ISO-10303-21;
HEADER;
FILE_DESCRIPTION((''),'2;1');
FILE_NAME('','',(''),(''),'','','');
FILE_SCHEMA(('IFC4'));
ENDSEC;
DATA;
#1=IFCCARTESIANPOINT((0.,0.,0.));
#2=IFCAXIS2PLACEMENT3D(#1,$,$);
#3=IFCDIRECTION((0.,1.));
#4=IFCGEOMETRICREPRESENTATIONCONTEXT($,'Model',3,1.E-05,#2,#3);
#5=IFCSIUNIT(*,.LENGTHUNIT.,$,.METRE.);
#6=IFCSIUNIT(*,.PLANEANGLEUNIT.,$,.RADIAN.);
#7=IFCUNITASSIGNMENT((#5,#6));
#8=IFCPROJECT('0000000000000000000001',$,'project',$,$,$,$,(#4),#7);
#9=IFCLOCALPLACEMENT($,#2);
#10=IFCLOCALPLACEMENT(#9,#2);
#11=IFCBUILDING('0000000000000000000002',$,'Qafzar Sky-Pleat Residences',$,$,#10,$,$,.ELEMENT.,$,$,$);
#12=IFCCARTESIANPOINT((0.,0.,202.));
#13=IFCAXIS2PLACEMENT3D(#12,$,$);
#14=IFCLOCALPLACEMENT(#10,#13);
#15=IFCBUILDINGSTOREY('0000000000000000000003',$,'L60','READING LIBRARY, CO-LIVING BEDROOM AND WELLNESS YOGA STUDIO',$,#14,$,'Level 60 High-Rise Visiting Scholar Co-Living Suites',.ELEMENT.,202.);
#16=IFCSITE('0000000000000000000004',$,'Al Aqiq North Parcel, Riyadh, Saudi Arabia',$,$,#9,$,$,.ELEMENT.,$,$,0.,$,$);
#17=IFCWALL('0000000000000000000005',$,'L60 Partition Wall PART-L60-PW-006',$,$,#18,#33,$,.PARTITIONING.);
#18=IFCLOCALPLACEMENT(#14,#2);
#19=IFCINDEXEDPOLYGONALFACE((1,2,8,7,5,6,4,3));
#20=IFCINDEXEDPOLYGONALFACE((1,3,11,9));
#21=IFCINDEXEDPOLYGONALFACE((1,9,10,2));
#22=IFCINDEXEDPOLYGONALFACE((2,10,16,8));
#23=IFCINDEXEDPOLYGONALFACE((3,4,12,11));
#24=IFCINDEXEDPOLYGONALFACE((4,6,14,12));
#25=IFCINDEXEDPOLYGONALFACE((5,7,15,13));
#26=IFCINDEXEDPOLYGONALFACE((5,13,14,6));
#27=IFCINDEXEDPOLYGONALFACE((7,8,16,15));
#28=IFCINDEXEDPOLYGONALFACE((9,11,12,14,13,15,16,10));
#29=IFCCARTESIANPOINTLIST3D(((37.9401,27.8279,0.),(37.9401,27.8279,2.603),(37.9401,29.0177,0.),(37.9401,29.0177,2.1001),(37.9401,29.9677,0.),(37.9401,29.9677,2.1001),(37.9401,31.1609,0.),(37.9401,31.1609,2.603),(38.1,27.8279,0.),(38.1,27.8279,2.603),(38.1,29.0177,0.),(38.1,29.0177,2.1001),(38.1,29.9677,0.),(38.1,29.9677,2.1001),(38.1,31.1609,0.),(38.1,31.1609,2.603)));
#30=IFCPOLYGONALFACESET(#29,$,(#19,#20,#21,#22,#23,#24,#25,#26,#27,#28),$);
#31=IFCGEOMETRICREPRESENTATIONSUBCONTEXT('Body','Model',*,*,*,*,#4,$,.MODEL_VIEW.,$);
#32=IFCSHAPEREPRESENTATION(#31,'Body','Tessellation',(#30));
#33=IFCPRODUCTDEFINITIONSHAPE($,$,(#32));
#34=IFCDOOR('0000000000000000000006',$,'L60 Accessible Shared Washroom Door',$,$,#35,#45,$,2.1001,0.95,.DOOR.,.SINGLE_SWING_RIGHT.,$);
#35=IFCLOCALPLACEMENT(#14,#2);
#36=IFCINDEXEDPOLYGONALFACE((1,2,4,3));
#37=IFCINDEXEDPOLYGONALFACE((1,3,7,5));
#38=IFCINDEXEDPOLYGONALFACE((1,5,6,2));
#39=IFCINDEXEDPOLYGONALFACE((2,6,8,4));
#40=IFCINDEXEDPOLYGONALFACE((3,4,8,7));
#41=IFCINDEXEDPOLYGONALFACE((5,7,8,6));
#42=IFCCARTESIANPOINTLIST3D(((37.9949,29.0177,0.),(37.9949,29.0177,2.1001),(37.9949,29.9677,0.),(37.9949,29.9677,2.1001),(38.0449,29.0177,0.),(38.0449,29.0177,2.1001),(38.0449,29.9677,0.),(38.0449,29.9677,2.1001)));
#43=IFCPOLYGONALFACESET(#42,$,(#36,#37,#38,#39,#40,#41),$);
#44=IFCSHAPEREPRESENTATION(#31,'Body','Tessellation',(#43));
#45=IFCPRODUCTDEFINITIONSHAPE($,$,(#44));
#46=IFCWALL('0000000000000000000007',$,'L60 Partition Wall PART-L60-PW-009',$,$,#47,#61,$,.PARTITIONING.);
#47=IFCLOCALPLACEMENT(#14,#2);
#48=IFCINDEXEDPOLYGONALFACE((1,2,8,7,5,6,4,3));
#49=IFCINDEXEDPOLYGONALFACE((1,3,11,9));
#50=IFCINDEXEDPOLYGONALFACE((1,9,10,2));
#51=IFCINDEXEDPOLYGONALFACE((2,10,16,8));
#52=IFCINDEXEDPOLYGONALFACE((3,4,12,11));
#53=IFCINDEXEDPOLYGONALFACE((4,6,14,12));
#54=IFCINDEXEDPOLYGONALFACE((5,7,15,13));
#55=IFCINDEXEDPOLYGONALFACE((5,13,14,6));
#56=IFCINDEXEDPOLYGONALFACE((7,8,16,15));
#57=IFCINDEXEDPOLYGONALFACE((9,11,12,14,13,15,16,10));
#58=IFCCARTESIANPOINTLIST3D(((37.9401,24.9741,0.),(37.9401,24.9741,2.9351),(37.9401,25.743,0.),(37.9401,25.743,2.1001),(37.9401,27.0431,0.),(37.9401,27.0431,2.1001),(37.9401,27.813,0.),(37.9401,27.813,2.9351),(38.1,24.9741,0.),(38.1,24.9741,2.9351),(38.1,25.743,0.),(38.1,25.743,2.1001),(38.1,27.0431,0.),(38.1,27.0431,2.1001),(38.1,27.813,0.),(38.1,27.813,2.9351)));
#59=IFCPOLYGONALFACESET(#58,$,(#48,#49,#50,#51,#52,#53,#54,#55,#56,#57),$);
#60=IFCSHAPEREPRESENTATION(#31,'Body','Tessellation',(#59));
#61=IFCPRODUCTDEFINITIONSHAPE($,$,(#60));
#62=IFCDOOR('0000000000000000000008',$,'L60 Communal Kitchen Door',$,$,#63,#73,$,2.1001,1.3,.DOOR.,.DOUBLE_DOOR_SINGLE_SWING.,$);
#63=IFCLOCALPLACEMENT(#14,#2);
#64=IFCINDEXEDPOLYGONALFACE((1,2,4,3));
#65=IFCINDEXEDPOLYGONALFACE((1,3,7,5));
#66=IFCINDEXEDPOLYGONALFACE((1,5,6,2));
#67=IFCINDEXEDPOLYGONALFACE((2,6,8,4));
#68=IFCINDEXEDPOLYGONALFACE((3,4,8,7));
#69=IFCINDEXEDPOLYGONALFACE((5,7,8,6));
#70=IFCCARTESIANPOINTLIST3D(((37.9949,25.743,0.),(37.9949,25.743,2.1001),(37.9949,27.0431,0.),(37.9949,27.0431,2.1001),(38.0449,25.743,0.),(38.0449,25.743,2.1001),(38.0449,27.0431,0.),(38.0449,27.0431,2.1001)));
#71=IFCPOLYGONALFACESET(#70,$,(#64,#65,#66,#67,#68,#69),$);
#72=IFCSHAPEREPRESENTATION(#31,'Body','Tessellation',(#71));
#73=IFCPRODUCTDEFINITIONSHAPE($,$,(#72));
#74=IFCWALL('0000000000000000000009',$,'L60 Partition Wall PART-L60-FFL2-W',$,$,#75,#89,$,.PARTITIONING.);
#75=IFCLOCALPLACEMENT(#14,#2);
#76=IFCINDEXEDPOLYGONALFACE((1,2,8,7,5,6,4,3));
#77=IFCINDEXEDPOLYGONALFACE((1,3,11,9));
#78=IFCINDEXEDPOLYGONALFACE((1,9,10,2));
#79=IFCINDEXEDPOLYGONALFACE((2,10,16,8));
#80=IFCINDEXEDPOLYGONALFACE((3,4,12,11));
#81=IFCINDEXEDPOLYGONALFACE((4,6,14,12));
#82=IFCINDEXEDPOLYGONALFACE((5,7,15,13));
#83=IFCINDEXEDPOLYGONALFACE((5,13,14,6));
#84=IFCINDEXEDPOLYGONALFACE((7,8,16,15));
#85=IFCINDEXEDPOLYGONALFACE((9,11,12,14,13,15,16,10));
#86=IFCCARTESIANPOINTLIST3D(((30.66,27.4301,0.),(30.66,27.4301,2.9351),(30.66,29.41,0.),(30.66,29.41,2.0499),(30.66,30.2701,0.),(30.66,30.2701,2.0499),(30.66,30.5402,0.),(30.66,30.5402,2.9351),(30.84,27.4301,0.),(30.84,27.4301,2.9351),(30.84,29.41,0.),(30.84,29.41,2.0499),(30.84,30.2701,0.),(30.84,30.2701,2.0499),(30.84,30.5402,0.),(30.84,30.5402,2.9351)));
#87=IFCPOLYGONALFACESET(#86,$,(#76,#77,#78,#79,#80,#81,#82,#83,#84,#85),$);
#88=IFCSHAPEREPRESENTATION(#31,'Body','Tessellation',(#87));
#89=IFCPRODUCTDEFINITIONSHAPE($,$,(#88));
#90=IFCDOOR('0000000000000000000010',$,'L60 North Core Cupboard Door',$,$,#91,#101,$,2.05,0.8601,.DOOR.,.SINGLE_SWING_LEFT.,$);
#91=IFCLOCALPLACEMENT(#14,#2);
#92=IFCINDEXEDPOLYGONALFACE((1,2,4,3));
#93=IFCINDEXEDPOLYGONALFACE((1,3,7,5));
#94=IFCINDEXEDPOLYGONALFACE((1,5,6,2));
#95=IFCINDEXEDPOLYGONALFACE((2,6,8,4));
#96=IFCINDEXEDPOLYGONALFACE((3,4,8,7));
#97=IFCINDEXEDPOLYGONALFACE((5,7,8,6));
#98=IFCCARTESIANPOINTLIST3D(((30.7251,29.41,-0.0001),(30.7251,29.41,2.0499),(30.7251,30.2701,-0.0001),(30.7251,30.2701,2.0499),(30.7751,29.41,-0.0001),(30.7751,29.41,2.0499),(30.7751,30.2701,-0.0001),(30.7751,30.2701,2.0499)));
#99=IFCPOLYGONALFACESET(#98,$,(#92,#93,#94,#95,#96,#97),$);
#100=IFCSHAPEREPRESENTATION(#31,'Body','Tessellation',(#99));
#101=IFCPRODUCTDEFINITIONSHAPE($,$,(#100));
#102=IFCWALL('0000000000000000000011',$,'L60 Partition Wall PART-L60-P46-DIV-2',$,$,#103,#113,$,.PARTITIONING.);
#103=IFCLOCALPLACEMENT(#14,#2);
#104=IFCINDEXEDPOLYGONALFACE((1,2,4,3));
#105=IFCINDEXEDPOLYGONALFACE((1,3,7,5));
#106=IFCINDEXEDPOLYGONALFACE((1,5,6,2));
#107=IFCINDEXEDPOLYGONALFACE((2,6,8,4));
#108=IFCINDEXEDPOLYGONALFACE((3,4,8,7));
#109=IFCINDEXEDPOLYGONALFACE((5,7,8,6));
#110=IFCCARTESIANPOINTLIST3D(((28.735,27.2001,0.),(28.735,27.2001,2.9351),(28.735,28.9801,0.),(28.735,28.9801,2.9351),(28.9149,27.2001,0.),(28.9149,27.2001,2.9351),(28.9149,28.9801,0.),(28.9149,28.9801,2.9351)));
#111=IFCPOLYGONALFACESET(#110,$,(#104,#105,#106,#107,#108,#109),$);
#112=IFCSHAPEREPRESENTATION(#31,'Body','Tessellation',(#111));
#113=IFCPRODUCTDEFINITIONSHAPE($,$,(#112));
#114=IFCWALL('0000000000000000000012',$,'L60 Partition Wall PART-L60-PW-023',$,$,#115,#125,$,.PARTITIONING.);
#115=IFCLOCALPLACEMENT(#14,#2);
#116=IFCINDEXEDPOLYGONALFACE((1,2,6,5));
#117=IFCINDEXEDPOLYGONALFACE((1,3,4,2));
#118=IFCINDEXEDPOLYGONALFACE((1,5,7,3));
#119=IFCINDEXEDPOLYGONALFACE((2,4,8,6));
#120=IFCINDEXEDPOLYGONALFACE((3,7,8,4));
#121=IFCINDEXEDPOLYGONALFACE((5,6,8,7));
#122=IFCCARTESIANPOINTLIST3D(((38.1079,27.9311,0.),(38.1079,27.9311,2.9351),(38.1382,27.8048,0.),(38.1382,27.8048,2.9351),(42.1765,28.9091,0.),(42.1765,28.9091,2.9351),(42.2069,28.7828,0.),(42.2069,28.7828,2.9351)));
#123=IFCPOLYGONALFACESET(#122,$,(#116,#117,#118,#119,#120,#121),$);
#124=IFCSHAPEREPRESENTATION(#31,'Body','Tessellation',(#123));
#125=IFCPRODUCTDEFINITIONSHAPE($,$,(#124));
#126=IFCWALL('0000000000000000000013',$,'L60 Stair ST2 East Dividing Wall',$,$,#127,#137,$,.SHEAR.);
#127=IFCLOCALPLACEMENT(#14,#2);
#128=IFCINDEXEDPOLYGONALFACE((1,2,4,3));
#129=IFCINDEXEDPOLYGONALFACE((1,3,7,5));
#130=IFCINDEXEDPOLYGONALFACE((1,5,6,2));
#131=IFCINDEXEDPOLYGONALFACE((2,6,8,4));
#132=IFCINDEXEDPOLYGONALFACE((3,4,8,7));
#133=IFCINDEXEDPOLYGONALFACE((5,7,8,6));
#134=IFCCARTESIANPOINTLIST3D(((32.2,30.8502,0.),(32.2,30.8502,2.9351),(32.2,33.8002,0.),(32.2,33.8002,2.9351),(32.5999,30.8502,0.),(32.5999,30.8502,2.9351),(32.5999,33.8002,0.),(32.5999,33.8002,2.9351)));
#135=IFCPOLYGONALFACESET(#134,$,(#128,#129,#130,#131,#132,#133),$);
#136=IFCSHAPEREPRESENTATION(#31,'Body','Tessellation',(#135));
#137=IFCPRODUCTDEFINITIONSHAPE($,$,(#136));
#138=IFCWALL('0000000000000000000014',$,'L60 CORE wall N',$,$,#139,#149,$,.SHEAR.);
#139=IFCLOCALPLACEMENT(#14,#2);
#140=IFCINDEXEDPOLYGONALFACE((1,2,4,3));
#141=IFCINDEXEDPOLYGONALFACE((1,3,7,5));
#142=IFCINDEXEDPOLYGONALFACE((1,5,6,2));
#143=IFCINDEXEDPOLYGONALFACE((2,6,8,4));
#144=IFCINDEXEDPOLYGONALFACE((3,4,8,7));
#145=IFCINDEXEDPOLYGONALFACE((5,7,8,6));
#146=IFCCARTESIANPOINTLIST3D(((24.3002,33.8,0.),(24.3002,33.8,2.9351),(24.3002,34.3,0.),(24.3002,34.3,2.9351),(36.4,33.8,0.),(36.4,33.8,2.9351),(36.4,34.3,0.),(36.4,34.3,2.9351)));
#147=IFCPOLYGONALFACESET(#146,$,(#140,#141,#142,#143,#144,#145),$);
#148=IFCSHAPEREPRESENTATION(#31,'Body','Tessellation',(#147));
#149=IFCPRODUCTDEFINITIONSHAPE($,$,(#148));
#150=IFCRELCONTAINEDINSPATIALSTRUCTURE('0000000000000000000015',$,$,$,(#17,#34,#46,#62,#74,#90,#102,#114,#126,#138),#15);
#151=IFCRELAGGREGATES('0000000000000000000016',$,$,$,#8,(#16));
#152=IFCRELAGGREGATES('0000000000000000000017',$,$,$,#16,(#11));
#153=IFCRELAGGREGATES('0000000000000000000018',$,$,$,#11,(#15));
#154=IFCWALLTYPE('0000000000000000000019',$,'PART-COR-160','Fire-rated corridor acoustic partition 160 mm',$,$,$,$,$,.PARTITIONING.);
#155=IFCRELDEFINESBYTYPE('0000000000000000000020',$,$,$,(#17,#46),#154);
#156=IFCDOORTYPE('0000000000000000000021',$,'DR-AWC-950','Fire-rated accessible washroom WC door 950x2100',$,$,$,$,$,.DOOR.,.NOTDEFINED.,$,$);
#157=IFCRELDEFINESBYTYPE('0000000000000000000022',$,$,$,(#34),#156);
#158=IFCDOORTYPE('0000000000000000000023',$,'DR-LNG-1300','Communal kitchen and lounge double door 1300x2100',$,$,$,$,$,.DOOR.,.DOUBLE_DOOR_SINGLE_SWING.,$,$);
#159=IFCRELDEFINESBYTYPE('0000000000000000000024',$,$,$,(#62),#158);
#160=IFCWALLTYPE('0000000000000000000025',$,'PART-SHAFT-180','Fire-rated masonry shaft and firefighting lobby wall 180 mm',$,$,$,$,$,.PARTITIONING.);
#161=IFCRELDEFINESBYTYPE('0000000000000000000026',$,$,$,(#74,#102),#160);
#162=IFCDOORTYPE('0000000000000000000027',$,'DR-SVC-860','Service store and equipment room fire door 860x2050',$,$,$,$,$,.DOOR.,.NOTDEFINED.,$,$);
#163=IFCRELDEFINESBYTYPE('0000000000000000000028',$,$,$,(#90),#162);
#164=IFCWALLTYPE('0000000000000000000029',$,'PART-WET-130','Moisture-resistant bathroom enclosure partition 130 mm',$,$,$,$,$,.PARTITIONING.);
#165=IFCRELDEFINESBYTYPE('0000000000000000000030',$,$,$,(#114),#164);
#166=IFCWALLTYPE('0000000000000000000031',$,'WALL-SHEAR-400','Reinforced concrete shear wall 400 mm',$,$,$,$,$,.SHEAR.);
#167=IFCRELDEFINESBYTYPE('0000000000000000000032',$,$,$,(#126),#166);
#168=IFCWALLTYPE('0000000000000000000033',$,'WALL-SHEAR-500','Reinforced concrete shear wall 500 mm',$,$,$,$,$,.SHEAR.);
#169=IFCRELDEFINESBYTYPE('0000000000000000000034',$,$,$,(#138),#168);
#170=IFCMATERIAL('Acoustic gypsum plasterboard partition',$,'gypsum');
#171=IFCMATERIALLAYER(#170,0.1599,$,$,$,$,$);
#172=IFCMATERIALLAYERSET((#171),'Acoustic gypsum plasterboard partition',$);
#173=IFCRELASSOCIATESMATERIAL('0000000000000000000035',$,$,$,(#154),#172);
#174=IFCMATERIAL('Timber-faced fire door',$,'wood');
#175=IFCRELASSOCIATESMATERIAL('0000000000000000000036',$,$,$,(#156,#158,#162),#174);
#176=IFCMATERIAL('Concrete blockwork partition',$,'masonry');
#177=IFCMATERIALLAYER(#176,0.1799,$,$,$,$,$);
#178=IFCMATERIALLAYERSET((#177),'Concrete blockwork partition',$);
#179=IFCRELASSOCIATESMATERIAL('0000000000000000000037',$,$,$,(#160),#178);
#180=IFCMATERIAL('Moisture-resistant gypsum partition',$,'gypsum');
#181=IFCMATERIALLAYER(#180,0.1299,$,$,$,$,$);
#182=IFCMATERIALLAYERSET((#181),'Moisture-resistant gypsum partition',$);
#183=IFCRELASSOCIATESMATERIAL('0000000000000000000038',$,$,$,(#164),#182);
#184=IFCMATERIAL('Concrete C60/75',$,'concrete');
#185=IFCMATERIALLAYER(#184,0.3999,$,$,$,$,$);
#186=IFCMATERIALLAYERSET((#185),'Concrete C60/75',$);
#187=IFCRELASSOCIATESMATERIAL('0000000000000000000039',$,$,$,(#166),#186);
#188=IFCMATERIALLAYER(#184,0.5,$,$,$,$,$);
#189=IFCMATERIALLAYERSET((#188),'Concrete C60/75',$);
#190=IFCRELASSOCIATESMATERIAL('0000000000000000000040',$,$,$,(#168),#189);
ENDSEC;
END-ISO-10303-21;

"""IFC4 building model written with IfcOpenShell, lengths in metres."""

from ifc_helpers import new_model, si_unit, direction, frame, frame_2d, origin, place, context, subcontext, project, spatial, rectangle, extrude, source, transform, mapped, material, layer, layer_set, type_object, element, fill, save


model = new_model("IFC4")

# Units and contexts
model_context = context("Model", 3, precision=1e-05, world=origin(), true_north=direction((0.0, 1.0)))
body_context = subcontext(model_context, "Body", "Model", "MODEL_VIEW")
ifc_project = project(units=[si_unit("LENGTHUNIT", "METRE"), si_unit("PLANEANGLEUNIT", "RADIAN")], contexts=[model_context])

# Site, building, storey
site_placement = place(None, origin())
site = spatial("IfcSite", under=ifc_project, at=site_placement, Name="Al Aqiq North Parcel, Riyadh, Saudi Arabia", CompositionType="ELEMENT", RefElevation=0.0)
building_placement = place(site_placement, origin())
building = spatial("IfcBuilding", under=site, at=building_placement, Name="Qafzar Sky-Pleat Residences", CompositionType="ELEMENT")
storey_placement = place(building_placement, frame((0.0, 0.0, 202.0)))
storey = spatial("IfcBuildingStorey", under=building, at=storey_placement, Name="L60", Description="READING LIBRARY, CO-LIVING BEDROOM AND WELLNESS YOGA STUDIO", LongName="Level 60 High-Rise Visiting Scholar Co-Living Suites", CompositionType="ELEMENT", Elevation=202.0)

# Walls, openings, doors
ifc_material_1 = material(Name="Acoustic gypsum plasterboard partition", Category="gypsum")
ifc_layer_1 = layer(ifc_material_1, 0.1599)
ifc_layer_set_1 = layer_set([ifc_layer_1], Name="Acoustic gypsum plasterboard partition")
wall_type_1 = type_object("IfcWallType", Name="PART-COR-160", Description="Fire-rated corridor acoustic partition 160 mm", PredefinedType="PARTITIONING", material=ifc_layer_set_1)
wall_1_placement = place(storey_placement, frame((38.02, 31.1609, 0.0), z_axis=(0.0, 0.0, 1.0), x_axis=(0.0, -1.0, 0.0)))
wall_1 = element("IfcWall", 1, at=wall_1_placement, inside=storey, type_object=wall_type_1, Name="L60 Partition Wall PART-L60-PW-006", PredefinedType="PARTITIONING", context=body_context, shape_type="SweptSolid", body=[
    extrude(rectangle(XDim=3.333, YDim=0.1599, at=frame_2d((1.6665, 0.0))), origin(), (0.0, 0.0, 1.0), 2.603),
])
opening_1_placement = place(wall_1_placement, frame((1.1931, 0.0, 0.0)))
opening_1 = element("IfcOpeningElement", 2, at=opening_1_placement, cuts=wall_1, PredefinedType="OPENING", context=body_context, shape_type="SweptSolid", body=[
    extrude(rectangle(XDim=0.95, YDim=2.1001, at=frame_2d((0.4751, 1.05))), frame((0.0, 0.0898, 0.0), z_axis=(0.0, -1.0, 0.0), x_axis=(1.0, 0.0, 0.0)), (0.0, 0.0, 1.0), 0.1799),
])
ifc_material_2 = material(Name="Timber-faced fire door", Category="wood")
door_type_1 = type_object("IfcDoorType", Name="DR-AWC-950", Description="Fire-rated accessible washroom WC door 950x2100", OperationType="NOTDEFINED", PredefinedType="DOOR", material=ifc_material_2)
shared_shape_1 = source(origin(), body_context, "Body", "SweptSolid", [
    extrude(rectangle(XDim=0.95, YDim=2.1001, at=frame_2d((0.4751, 1.05))), frame((0.0, 0.0249, 0.0), z_axis=(0.0, -1.0, 0.0), x_axis=(1.0, 0.0, 0.0)), (0.0, 0.0, 1.0), 0.05),
])
door_1_placement = place(opening_1_placement, origin())
door_1 = element("IfcDoor", 3, at=door_1_placement, inside=storey, type_object=door_type_1, Name="L60 Accessible Shared Washroom Door", OperationType="SINGLE_SWING_RIGHT", OverallHeight=2.1001, OverallWidth=0.95, PredefinedType="DOOR", context=body_context, shape_type="MappedRepresentation", body=[
    mapped(shared_shape_1, transform((0.0, 0.0, 0.0), x_axis=(1.0, 0.0, 0.0), y_axis=(0.0, 1.0, 0.0), z_axis=(0.0, 0.0, 1.0), scale=1.0)),
])
fill(opening_1, door_1)
wall_2_placement = place(storey_placement, frame((38.02, 27.813, 0.0), z_axis=(0.0, 0.0, 1.0), x_axis=(0.0, -1.0, 0.0)))
wall_2 = element("IfcWall", 4, at=wall_2_placement, inside=storey, type_object=wall_type_1, Name="L60 Partition Wall PART-L60-PW-009", PredefinedType="PARTITIONING", context=body_context, shape_type="SweptSolid", body=[
    extrude(rectangle(XDim=2.8389, YDim=0.1599, at=frame_2d((1.4194, 0.0))), origin(), (0.0, 0.0, 1.0), 2.9351),
])
opening_2_placement = place(wall_2_placement, frame((0.77, 0.0, 0.0)))
opening_2 = element("IfcOpeningElement", 5, at=opening_2_placement, cuts=wall_2, PredefinedType="OPENING", context=body_context, shape_type="SweptSolid", body=[
    extrude(rectangle(XDim=1.3, YDim=2.1001, at=frame_2d((0.6499, 1.05))), frame((0.0, 0.0898, 0.0), z_axis=(0.0, -1.0, 0.0), x_axis=(1.0, 0.0, 0.0)), (0.0, 0.0, 1.0), 0.1799),
])
door_type_2 = type_object("IfcDoorType", Name="DR-LNG-1300", Description="Communal kitchen and lounge double door 1300x2100", OperationType="DOUBLE_DOOR_SINGLE_SWING", PredefinedType="DOOR", material=ifc_material_2)
shared_shape_2 = source(origin(), body_context, "Body", "SweptSolid", [
    extrude(rectangle(XDim=1.3, YDim=2.1001, at=frame_2d((0.6499, 1.05))), frame((0.0, 0.0249, 0.0), z_axis=(0.0, -1.0, 0.0), x_axis=(1.0, 0.0, 0.0)), (0.0, 0.0, 1.0), 0.05),
])
door_2_placement = place(opening_2_placement, origin())
door_2 = element("IfcDoor", 6, at=door_2_placement, inside=storey, type_object=door_type_2, Name="L60 Communal Kitchen Door", OperationType="DOUBLE_DOOR_SINGLE_SWING", OverallHeight=2.1001, OverallWidth=1.3, PredefinedType="DOOR", context=body_context, shape_type="MappedRepresentation", body=[
    mapped(shared_shape_2, transform((0.0, 0.0, 0.0), x_axis=(1.0, 0.0, 0.0), y_axis=(0.0, 1.0, 0.0), z_axis=(0.0, 0.0, 1.0), scale=1.0)),
])
fill(opening_2, door_2)
ifc_material_3 = material(Name="Concrete blockwork partition", Category="masonry")
ifc_layer_2 = layer(ifc_material_3, 0.1799)
ifc_layer_set_2 = layer_set([ifc_layer_2], Name="Concrete blockwork partition")
wall_type_2 = type_object("IfcWallType", Name="PART-SHAFT-180", Description="Fire-rated masonry shaft and firefighting lobby wall 180 mm", PredefinedType="PARTITIONING", material=ifc_layer_set_2)
wall_3_placement = place(storey_placement, frame((30.75, 27.4299, 0.0), z_axis=(0.0, 0.0, 1.0), x_axis=(0.0, 1.0, 0.0)))
wall_3 = element("IfcWall", 7, at=wall_3_placement, inside=storey, type_object=wall_type_2, Name="L60 Partition Wall PART-L60-FFL2-W", PredefinedType="PARTITIONING", context=body_context, shape_type="SweptSolid", body=[
    extrude(rectangle(XDim=3.1101, YDim=0.1799, at=frame_2d((1.5552, 0.0))), origin(), (0.0, 0.0, 1.0), 2.9351),
])
opening_3_placement = place(wall_3_placement, frame((1.98, 0.0, 0.0)))
opening_3 = element("IfcOpeningElement", 8, at=opening_3_placement, cuts=wall_3, PredefinedType="OPENING", context=body_context, shape_type="SweptSolid", body=[
    extrude(rectangle(XDim=0.8601, YDim=2.05, at=frame_2d((0.4302, 1.0249))), frame((0.0, 0.1001, 0.0), z_axis=(0.0, -1.0, 0.0), x_axis=(1.0, 0.0, 0.0)), (0.0, 0.0, 1.0), 0.2),
])
door_type_3 = type_object("IfcDoorType", Name="DR-SVC-860", Description="Service store and equipment room fire door 860x2050", OperationType="NOTDEFINED", PredefinedType="DOOR", material=ifc_material_2)
shared_shape_3 = source(origin(), body_context, "Body", "SweptSolid", [
    extrude(rectangle(XDim=0.8601, YDim=2.05, at=frame_2d((0.4302, 1.0249))), frame((0.0, 0.0249, 0.0), z_axis=(0.0, -1.0, 0.0), x_axis=(1.0, 0.0, 0.0)), (0.0, 0.0, 1.0), 0.05),
])
door_3_placement = place(opening_3_placement, origin())
door_3 = element("IfcDoor", 9, at=door_3_placement, inside=storey, type_object=door_type_3, Name="L60 North Core Cupboard Door", OperationType="SINGLE_SWING_LEFT", OverallHeight=2.05, OverallWidth=0.8601, PredefinedType="DOOR", context=body_context, shape_type="MappedRepresentation", body=[
    mapped(shared_shape_3, transform((0.0, 0.0, 0.0), x_axis=(1.0, 0.0, 0.0), y_axis=(0.0, 1.0, 0.0), z_axis=(0.0, 0.0, 1.0), scale=1.0)),
])
fill(opening_3, door_3)

# Walls
wall_4_placement = place(storey_placement, frame((28.825, 27.2, 0.0), z_axis=(0.0, 0.0, 1.0), x_axis=(0.0, 1.0, 0.0)))
element("IfcWall", 10, at=wall_4_placement, inside=storey, type_object=wall_type_2, Name="L60 Partition Wall PART-L60-P46-DIV-2", PredefinedType="PARTITIONING", context=body_context, shape_type="SweptSolid", body=[
    extrude(rectangle(XDim=1.78, YDim=0.1799, at=frame_2d((0.8901, 0.0))), origin(), (0.0, 0.0, 1.0), 2.9351),
])
ifc_material_4 = material(Name="Moisture-resistant gypsum partition", Category="gypsum")
ifc_layer_3 = layer(ifc_material_4, 0.1299)
ifc_layer_set_3 = layer_set([ifc_layer_3], Name="Moisture-resistant gypsum partition")
wall_type_3 = type_object("IfcWallType", Name="PART-WET-130", Description="Moisture-resistant bathroom enclosure partition 130 mm", PredefinedType="PARTITIONING", material=ifc_layer_set_3)
wall_5_placement = place(storey_placement, frame((38.123, 27.8679, 0.0), z_axis=(0.0, 0.0, 1.0), x_axis=(0.972303, 0.233726, 0.0)))
element("IfcWall", 11, at=wall_5_placement, inside=storey, type_object=wall_type_3, Name="L60 Partition Wall PART-L60-PW-023", PredefinedType="PARTITIONING", context=body_context, shape_type="SweptSolid", body=[
    extrude(rectangle(XDim=4.1846, YDim=0.1299, at=frame_2d((2.0923, 0.0))), origin(), (0.0, 0.0, 1.0), 2.9351),
])
ifc_material_5 = material(Name="Concrete C60/75", Category="concrete")
ifc_layer_4 = layer(ifc_material_5, 0.3999)
ifc_layer_set_4 = layer_set([ifc_layer_4], Name="Concrete C60/75")
wall_type_4 = type_object("IfcWallType", Name="WALL-SHEAR-400", Description="Reinforced concrete shear wall 400 mm", PredefinedType="SHEAR", material=ifc_layer_set_4)
wall_6_placement = place(storey_placement, frame((32.3999, 30.8501, 0.0), z_axis=(0.0, 0.0, 1.0), x_axis=(0.0, 1.0, 0.0)))
element("IfcWall", 12, at=wall_6_placement, inside=storey, type_object=wall_type_4, Name="L60 Stair ST2 East Dividing Wall", PredefinedType="SHEAR", context=body_context, shape_type="SweptSolid", body=[
    extrude(rectangle(XDim=2.95, YDim=0.3999, at=frame_2d((1.4751, 0.0))), origin(), (0.0, 0.0, 1.0), 2.9351),
])
ifc_layer_5 = layer(ifc_material_5, 0.5)
ifc_layer_set_5 = layer_set([ifc_layer_5], Name="Concrete C60/75")
wall_type_5 = type_object("IfcWallType", Name="WALL-SHEAR-500", Description="Reinforced concrete shear wall 500 mm", PredefinedType="SHEAR", material=ifc_layer_set_5)
wall_7_placement = place(storey_placement, frame((36.3999, 34.05, 0.0), z_axis=(0.0, 0.0, 1.0), x_axis=(-1.0, 0.0, 0.0)))
element("IfcWall", 13, at=wall_7_placement, inside=storey, type_object=wall_type_5, Name="L60 CORE wall N", PredefinedType="SHEAR", context=body_context, shape_type="SweptSolid", body=[
    extrude(rectangle(XDim=12.0999, YDim=0.5, at=frame_2d((6.0498, 0.0))), origin(), (0.0, 0.0, 1.0), 2.9351),
])

save(model, "model.ifc")
